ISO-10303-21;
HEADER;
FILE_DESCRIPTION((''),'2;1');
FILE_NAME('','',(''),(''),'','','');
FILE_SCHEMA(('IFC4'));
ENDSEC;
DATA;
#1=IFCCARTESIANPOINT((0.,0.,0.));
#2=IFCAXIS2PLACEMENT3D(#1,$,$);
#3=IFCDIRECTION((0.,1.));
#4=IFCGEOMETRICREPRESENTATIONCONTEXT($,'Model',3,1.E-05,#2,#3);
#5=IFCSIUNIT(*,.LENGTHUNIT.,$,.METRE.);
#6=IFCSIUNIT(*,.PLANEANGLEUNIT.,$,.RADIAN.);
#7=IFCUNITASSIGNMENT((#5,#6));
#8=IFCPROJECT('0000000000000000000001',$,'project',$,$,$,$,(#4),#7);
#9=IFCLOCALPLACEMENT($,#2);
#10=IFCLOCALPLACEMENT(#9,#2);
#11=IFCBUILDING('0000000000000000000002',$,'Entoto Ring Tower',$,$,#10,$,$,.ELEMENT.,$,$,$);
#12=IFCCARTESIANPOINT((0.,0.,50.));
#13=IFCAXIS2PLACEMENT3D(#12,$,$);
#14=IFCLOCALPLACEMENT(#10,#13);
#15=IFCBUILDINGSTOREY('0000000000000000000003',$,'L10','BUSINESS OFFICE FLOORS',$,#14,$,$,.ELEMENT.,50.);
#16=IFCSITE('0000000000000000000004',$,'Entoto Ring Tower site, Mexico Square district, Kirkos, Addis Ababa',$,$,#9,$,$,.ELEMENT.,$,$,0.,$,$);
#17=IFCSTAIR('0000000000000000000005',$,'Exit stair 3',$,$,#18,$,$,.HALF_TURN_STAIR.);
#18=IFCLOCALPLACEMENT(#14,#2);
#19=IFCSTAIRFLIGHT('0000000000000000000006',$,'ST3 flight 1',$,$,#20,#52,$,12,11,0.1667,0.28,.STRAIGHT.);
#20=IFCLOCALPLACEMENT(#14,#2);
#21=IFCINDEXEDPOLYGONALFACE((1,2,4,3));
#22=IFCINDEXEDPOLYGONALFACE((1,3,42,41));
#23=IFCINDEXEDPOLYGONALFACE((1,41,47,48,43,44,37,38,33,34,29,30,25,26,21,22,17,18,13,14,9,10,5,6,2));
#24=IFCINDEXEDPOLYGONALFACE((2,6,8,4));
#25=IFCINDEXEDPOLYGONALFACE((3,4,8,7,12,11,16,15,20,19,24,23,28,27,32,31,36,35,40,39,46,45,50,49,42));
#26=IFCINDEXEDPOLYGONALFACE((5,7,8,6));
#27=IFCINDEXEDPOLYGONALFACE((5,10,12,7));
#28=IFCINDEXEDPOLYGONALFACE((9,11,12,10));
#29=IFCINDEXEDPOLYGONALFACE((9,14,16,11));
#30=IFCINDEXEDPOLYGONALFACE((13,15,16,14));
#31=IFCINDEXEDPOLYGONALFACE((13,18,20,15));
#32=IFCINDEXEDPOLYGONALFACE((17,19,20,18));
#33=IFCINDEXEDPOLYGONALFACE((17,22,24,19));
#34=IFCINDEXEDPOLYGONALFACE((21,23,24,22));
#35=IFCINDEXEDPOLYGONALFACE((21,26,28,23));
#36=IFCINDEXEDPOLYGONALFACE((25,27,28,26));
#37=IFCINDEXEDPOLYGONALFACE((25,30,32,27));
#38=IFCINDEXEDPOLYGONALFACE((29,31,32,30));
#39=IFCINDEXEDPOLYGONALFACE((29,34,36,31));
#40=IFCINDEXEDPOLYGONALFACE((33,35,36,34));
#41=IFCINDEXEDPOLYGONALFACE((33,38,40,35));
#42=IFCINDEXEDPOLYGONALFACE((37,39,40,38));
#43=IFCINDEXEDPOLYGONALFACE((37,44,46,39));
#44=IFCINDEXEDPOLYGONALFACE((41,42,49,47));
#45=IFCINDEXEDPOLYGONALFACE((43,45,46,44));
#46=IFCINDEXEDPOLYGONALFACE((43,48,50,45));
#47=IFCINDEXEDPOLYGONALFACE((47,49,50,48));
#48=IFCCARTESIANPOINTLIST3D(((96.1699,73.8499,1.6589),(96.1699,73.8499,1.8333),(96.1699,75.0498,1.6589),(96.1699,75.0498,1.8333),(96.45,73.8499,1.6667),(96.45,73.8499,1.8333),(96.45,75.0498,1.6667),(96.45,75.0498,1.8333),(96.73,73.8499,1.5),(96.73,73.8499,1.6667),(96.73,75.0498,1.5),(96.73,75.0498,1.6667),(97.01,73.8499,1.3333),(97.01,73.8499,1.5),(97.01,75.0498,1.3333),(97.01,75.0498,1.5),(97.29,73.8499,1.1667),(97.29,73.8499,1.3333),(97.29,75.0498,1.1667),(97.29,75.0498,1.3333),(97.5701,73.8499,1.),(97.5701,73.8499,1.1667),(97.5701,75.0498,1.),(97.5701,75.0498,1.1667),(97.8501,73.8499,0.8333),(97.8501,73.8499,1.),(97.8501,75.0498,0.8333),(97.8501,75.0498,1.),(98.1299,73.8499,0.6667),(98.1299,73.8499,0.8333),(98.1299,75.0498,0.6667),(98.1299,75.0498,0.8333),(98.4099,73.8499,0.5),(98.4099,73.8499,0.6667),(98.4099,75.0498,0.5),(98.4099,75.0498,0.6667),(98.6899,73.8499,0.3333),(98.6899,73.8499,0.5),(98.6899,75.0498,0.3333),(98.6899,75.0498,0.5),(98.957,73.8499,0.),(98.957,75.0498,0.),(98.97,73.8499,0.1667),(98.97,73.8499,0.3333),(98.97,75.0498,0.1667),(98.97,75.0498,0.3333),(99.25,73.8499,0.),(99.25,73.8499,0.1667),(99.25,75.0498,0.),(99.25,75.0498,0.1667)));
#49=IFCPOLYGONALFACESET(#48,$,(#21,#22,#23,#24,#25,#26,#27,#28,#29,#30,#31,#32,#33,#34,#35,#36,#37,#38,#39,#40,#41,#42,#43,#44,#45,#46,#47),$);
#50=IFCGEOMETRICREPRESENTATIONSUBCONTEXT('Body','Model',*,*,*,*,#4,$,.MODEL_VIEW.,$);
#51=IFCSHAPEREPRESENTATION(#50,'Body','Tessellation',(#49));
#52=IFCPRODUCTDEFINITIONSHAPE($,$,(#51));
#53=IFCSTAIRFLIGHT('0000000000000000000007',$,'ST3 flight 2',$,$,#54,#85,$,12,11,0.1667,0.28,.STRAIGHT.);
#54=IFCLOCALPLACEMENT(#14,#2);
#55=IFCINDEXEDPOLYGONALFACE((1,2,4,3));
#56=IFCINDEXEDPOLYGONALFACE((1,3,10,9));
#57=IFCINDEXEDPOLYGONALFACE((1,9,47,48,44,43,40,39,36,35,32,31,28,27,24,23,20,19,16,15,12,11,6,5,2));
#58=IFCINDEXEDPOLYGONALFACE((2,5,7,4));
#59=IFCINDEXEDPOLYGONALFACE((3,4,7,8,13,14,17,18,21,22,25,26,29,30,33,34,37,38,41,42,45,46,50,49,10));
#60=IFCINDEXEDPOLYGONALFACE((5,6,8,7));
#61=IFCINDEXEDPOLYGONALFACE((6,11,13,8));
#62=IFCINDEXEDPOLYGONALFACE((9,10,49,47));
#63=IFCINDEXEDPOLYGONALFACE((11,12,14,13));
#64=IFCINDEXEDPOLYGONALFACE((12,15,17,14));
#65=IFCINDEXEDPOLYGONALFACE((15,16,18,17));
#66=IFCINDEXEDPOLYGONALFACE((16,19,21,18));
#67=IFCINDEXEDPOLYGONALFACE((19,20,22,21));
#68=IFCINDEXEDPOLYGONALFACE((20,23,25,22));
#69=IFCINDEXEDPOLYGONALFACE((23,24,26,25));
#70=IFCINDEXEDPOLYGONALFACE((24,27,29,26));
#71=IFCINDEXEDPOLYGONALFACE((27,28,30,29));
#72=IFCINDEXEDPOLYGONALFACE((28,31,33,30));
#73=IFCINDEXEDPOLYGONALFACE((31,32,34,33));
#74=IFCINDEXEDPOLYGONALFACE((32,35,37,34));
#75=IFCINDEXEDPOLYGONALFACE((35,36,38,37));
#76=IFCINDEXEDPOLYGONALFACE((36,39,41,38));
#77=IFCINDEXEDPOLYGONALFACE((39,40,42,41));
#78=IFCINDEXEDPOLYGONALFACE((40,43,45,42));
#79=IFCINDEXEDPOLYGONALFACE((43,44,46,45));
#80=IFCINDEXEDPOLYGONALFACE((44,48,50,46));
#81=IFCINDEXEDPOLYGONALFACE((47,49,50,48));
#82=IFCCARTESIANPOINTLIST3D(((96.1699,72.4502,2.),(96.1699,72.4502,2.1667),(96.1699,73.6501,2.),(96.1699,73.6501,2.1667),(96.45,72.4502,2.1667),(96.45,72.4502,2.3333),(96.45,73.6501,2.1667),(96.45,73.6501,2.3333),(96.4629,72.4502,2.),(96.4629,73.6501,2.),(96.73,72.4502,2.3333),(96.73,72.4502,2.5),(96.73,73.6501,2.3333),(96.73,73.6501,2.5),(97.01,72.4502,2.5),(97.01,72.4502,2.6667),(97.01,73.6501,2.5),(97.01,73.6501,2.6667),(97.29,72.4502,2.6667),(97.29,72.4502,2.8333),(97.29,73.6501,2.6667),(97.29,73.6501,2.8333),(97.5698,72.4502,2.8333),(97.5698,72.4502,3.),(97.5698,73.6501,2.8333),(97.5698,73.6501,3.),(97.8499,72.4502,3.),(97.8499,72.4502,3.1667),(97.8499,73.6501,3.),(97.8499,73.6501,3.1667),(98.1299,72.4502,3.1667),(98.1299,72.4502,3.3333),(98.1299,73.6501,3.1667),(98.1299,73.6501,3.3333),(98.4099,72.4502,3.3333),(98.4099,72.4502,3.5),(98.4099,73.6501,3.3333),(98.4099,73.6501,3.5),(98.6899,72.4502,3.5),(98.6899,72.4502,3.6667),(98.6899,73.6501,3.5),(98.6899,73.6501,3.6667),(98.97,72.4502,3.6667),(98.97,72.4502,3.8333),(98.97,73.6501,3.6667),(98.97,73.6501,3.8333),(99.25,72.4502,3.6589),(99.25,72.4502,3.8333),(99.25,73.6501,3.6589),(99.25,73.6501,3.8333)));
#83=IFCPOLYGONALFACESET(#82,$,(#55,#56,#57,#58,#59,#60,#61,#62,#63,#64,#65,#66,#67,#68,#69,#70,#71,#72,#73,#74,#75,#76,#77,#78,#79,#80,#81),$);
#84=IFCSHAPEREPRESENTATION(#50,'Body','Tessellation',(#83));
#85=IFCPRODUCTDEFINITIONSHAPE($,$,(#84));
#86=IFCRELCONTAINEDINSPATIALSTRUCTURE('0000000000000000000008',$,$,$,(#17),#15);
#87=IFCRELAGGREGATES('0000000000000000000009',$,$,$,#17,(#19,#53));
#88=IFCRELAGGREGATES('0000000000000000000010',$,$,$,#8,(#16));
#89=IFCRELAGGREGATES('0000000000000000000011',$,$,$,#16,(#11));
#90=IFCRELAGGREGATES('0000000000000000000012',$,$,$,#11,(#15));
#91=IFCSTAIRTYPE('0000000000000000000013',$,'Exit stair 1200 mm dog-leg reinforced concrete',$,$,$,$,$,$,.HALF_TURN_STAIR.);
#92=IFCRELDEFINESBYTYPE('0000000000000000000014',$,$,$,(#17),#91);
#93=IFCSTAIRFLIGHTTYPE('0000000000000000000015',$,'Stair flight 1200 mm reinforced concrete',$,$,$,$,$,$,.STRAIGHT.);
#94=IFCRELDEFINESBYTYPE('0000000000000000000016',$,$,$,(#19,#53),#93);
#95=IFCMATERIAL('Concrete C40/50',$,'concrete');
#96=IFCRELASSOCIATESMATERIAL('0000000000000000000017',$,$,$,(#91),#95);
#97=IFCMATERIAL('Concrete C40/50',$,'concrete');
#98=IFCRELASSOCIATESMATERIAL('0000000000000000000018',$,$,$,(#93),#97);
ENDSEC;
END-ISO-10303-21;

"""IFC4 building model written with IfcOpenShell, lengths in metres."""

from ifc_helpers import new_model, si_unit, direction, frame, origin, place, context, subcontext, project, spatial, polyline, outline, extrude, material, type_object, element, aggregate, save


model = new_model("IFC4")

# Units and contexts
model_context = context("Model", 3, precision=1e-05, world=origin(), true_north=direction((0.0, 1.0)))
body_context = subcontext(model_context, "Body", "Model", "MODEL_VIEW")
ifc_project = project(units=[si_unit("LENGTHUNIT", "METRE"), si_unit("PLANEANGLEUNIT", "RADIAN")], contexts=[model_context])

# Site, building, storey
site_placement = place(None, origin())
site = spatial("IfcSite", under=ifc_project, at=site_placement, Name="Entoto Ring Tower site, Mexico Square district, Kirkos, Addis Ababa", CompositionType="ELEMENT", RefElevation=0.0)
building_placement = place(site_placement, origin())
building = spatial("IfcBuilding", under=site, at=building_placement, Name="Entoto Ring Tower", CompositionType="ELEMENT")
storey_placement = place(building_placement, frame((0.0, 0.0, 50.0)))
storey = spatial("IfcBuildingStorey", under=building, at=storey_placement, Name="L10", Description="BUSINESS OFFICE FLOORS", CompositionType="ELEMENT", Elevation=50.0)

# Stair, stair flights
ifc_material_1 = material(Name="Concrete C40/50", Category="concrete")
stair_type = type_object("IfcStairType", Name="Exit stair 1200 mm dog-leg reinforced concrete", PredefinedType="HALF_TURN_STAIR", material=ifc_material_1)
stair_placement = place(storey_placement, origin())
stair = element("IfcStair", 1, at=stair_placement, inside=storey, type_object=stair_type, Name="Exit stair 3", PredefinedType="HALF_TURN_STAIR")
ifc_material_2 = material(Name="Concrete C40/50", Category="concrete")
stair_flight_type = type_object("IfcStairFlightType", Name="Stair flight 1200 mm reinforced concrete", PredefinedType="STRAIGHT", material=ifc_material_2)
stair_flight_1_placement = place(storey_placement, frame((99.25, 74.45, 0.0), z_axis=(0.0, 0.0, 1.0), x_axis=(-1.0, 0.0, 0.0)))
stair_flight_1 = element("IfcStairFlight", 2, at=stair_flight_1_placement, type_object=stair_flight_type, Name="ST3 flight 1", NumberOfRisers=12, NumberOfTreads=11, PredefinedType="STRAIGHT", RiserHeight=0.1667, TreadLength=0.28, context=body_context, shape_type="SweptSolid", body=[
    extrude(outline(polyline([(0.0, 0.0), (0.0, 0.1667), (0.28, 0.1667), (0.28, 0.3333), (0.5601, 0.3333), (0.5601, 0.5), (0.8401, 0.5), (0.8401, 0.6667), (1.1201, 0.6667), (1.1201, 0.8333), (1.3999, 0.8333), (1.3999, 1.0), (1.6799, 1.0), (1.6799, 1.1667), (1.96, 1.1667), (1.96, 1.3333), (2.24, 1.3333), (2.24, 1.5), (2.52, 1.5), (2.52, 1.6667), (2.8, 1.6667), (2.8, 1.8333), (3.0801, 1.8333), (3.0801, 2.0), (3.0801, 1.6589), (0.293, 0.0), (0.0, 0.0)])), frame((0.0, 0.6001, 0.0), z_axis=(0.0, -1.0, 0.0), x_axis=(1.0, 0.0, 0.0)), (0.0, 0.0, 1.0), 1.2),
])
stair_flight_2_placement = place(storey_placement, frame((96.1699, 73.05, 2.0), z_axis=(0.0, 0.0, 1.0), x_axis=(1.0, 0.0, 0.0)))
stair_flight_2 = element("IfcStairFlight", 3, at=stair_flight_2_placement, type_object=stair_flight_type, Name="ST3 flight 2", NumberOfRisers=12, NumberOfTreads=11, PredefinedType="STRAIGHT", RiserHeight=0.1667, TreadLength=0.28, context=body_context, shape_type="SweptSolid", body=[
    extrude(outline(polyline([(0.0, 0.0), (0.0, 0.1667), (0.28, 0.1667), (0.28, 0.3333), (0.5601, 0.3333), (0.5601, 0.5), (0.8401, 0.5), (0.8401, 0.6667), (1.1201, 0.6667), (1.1201, 0.8333), (1.3999, 0.8333), (1.3999, 1.0), (1.6799, 1.0), (1.6799, 1.1667), (1.96, 1.1667), (1.96, 1.3333), (2.24, 1.3333), (2.24, 1.5), (2.52, 1.5), (2.52, 1.6667), (2.8, 1.6667), (2.8, 1.8333), (3.0801, 1.8333), (3.0801, 2.0), (3.0801, 1.6589), (0.293, 0.0), (0.0, 0.0)])), frame((0.0, 0.6001, 0.0), z_axis=(0.0, -1.0, 0.0), x_axis=(1.0, 0.0, 0.0)), (0.0, 0.0, 1.0), 1.2),
])
aggregate(stair, [stair_flight_1, stair_flight_2])

save(model, "model.ifc")
